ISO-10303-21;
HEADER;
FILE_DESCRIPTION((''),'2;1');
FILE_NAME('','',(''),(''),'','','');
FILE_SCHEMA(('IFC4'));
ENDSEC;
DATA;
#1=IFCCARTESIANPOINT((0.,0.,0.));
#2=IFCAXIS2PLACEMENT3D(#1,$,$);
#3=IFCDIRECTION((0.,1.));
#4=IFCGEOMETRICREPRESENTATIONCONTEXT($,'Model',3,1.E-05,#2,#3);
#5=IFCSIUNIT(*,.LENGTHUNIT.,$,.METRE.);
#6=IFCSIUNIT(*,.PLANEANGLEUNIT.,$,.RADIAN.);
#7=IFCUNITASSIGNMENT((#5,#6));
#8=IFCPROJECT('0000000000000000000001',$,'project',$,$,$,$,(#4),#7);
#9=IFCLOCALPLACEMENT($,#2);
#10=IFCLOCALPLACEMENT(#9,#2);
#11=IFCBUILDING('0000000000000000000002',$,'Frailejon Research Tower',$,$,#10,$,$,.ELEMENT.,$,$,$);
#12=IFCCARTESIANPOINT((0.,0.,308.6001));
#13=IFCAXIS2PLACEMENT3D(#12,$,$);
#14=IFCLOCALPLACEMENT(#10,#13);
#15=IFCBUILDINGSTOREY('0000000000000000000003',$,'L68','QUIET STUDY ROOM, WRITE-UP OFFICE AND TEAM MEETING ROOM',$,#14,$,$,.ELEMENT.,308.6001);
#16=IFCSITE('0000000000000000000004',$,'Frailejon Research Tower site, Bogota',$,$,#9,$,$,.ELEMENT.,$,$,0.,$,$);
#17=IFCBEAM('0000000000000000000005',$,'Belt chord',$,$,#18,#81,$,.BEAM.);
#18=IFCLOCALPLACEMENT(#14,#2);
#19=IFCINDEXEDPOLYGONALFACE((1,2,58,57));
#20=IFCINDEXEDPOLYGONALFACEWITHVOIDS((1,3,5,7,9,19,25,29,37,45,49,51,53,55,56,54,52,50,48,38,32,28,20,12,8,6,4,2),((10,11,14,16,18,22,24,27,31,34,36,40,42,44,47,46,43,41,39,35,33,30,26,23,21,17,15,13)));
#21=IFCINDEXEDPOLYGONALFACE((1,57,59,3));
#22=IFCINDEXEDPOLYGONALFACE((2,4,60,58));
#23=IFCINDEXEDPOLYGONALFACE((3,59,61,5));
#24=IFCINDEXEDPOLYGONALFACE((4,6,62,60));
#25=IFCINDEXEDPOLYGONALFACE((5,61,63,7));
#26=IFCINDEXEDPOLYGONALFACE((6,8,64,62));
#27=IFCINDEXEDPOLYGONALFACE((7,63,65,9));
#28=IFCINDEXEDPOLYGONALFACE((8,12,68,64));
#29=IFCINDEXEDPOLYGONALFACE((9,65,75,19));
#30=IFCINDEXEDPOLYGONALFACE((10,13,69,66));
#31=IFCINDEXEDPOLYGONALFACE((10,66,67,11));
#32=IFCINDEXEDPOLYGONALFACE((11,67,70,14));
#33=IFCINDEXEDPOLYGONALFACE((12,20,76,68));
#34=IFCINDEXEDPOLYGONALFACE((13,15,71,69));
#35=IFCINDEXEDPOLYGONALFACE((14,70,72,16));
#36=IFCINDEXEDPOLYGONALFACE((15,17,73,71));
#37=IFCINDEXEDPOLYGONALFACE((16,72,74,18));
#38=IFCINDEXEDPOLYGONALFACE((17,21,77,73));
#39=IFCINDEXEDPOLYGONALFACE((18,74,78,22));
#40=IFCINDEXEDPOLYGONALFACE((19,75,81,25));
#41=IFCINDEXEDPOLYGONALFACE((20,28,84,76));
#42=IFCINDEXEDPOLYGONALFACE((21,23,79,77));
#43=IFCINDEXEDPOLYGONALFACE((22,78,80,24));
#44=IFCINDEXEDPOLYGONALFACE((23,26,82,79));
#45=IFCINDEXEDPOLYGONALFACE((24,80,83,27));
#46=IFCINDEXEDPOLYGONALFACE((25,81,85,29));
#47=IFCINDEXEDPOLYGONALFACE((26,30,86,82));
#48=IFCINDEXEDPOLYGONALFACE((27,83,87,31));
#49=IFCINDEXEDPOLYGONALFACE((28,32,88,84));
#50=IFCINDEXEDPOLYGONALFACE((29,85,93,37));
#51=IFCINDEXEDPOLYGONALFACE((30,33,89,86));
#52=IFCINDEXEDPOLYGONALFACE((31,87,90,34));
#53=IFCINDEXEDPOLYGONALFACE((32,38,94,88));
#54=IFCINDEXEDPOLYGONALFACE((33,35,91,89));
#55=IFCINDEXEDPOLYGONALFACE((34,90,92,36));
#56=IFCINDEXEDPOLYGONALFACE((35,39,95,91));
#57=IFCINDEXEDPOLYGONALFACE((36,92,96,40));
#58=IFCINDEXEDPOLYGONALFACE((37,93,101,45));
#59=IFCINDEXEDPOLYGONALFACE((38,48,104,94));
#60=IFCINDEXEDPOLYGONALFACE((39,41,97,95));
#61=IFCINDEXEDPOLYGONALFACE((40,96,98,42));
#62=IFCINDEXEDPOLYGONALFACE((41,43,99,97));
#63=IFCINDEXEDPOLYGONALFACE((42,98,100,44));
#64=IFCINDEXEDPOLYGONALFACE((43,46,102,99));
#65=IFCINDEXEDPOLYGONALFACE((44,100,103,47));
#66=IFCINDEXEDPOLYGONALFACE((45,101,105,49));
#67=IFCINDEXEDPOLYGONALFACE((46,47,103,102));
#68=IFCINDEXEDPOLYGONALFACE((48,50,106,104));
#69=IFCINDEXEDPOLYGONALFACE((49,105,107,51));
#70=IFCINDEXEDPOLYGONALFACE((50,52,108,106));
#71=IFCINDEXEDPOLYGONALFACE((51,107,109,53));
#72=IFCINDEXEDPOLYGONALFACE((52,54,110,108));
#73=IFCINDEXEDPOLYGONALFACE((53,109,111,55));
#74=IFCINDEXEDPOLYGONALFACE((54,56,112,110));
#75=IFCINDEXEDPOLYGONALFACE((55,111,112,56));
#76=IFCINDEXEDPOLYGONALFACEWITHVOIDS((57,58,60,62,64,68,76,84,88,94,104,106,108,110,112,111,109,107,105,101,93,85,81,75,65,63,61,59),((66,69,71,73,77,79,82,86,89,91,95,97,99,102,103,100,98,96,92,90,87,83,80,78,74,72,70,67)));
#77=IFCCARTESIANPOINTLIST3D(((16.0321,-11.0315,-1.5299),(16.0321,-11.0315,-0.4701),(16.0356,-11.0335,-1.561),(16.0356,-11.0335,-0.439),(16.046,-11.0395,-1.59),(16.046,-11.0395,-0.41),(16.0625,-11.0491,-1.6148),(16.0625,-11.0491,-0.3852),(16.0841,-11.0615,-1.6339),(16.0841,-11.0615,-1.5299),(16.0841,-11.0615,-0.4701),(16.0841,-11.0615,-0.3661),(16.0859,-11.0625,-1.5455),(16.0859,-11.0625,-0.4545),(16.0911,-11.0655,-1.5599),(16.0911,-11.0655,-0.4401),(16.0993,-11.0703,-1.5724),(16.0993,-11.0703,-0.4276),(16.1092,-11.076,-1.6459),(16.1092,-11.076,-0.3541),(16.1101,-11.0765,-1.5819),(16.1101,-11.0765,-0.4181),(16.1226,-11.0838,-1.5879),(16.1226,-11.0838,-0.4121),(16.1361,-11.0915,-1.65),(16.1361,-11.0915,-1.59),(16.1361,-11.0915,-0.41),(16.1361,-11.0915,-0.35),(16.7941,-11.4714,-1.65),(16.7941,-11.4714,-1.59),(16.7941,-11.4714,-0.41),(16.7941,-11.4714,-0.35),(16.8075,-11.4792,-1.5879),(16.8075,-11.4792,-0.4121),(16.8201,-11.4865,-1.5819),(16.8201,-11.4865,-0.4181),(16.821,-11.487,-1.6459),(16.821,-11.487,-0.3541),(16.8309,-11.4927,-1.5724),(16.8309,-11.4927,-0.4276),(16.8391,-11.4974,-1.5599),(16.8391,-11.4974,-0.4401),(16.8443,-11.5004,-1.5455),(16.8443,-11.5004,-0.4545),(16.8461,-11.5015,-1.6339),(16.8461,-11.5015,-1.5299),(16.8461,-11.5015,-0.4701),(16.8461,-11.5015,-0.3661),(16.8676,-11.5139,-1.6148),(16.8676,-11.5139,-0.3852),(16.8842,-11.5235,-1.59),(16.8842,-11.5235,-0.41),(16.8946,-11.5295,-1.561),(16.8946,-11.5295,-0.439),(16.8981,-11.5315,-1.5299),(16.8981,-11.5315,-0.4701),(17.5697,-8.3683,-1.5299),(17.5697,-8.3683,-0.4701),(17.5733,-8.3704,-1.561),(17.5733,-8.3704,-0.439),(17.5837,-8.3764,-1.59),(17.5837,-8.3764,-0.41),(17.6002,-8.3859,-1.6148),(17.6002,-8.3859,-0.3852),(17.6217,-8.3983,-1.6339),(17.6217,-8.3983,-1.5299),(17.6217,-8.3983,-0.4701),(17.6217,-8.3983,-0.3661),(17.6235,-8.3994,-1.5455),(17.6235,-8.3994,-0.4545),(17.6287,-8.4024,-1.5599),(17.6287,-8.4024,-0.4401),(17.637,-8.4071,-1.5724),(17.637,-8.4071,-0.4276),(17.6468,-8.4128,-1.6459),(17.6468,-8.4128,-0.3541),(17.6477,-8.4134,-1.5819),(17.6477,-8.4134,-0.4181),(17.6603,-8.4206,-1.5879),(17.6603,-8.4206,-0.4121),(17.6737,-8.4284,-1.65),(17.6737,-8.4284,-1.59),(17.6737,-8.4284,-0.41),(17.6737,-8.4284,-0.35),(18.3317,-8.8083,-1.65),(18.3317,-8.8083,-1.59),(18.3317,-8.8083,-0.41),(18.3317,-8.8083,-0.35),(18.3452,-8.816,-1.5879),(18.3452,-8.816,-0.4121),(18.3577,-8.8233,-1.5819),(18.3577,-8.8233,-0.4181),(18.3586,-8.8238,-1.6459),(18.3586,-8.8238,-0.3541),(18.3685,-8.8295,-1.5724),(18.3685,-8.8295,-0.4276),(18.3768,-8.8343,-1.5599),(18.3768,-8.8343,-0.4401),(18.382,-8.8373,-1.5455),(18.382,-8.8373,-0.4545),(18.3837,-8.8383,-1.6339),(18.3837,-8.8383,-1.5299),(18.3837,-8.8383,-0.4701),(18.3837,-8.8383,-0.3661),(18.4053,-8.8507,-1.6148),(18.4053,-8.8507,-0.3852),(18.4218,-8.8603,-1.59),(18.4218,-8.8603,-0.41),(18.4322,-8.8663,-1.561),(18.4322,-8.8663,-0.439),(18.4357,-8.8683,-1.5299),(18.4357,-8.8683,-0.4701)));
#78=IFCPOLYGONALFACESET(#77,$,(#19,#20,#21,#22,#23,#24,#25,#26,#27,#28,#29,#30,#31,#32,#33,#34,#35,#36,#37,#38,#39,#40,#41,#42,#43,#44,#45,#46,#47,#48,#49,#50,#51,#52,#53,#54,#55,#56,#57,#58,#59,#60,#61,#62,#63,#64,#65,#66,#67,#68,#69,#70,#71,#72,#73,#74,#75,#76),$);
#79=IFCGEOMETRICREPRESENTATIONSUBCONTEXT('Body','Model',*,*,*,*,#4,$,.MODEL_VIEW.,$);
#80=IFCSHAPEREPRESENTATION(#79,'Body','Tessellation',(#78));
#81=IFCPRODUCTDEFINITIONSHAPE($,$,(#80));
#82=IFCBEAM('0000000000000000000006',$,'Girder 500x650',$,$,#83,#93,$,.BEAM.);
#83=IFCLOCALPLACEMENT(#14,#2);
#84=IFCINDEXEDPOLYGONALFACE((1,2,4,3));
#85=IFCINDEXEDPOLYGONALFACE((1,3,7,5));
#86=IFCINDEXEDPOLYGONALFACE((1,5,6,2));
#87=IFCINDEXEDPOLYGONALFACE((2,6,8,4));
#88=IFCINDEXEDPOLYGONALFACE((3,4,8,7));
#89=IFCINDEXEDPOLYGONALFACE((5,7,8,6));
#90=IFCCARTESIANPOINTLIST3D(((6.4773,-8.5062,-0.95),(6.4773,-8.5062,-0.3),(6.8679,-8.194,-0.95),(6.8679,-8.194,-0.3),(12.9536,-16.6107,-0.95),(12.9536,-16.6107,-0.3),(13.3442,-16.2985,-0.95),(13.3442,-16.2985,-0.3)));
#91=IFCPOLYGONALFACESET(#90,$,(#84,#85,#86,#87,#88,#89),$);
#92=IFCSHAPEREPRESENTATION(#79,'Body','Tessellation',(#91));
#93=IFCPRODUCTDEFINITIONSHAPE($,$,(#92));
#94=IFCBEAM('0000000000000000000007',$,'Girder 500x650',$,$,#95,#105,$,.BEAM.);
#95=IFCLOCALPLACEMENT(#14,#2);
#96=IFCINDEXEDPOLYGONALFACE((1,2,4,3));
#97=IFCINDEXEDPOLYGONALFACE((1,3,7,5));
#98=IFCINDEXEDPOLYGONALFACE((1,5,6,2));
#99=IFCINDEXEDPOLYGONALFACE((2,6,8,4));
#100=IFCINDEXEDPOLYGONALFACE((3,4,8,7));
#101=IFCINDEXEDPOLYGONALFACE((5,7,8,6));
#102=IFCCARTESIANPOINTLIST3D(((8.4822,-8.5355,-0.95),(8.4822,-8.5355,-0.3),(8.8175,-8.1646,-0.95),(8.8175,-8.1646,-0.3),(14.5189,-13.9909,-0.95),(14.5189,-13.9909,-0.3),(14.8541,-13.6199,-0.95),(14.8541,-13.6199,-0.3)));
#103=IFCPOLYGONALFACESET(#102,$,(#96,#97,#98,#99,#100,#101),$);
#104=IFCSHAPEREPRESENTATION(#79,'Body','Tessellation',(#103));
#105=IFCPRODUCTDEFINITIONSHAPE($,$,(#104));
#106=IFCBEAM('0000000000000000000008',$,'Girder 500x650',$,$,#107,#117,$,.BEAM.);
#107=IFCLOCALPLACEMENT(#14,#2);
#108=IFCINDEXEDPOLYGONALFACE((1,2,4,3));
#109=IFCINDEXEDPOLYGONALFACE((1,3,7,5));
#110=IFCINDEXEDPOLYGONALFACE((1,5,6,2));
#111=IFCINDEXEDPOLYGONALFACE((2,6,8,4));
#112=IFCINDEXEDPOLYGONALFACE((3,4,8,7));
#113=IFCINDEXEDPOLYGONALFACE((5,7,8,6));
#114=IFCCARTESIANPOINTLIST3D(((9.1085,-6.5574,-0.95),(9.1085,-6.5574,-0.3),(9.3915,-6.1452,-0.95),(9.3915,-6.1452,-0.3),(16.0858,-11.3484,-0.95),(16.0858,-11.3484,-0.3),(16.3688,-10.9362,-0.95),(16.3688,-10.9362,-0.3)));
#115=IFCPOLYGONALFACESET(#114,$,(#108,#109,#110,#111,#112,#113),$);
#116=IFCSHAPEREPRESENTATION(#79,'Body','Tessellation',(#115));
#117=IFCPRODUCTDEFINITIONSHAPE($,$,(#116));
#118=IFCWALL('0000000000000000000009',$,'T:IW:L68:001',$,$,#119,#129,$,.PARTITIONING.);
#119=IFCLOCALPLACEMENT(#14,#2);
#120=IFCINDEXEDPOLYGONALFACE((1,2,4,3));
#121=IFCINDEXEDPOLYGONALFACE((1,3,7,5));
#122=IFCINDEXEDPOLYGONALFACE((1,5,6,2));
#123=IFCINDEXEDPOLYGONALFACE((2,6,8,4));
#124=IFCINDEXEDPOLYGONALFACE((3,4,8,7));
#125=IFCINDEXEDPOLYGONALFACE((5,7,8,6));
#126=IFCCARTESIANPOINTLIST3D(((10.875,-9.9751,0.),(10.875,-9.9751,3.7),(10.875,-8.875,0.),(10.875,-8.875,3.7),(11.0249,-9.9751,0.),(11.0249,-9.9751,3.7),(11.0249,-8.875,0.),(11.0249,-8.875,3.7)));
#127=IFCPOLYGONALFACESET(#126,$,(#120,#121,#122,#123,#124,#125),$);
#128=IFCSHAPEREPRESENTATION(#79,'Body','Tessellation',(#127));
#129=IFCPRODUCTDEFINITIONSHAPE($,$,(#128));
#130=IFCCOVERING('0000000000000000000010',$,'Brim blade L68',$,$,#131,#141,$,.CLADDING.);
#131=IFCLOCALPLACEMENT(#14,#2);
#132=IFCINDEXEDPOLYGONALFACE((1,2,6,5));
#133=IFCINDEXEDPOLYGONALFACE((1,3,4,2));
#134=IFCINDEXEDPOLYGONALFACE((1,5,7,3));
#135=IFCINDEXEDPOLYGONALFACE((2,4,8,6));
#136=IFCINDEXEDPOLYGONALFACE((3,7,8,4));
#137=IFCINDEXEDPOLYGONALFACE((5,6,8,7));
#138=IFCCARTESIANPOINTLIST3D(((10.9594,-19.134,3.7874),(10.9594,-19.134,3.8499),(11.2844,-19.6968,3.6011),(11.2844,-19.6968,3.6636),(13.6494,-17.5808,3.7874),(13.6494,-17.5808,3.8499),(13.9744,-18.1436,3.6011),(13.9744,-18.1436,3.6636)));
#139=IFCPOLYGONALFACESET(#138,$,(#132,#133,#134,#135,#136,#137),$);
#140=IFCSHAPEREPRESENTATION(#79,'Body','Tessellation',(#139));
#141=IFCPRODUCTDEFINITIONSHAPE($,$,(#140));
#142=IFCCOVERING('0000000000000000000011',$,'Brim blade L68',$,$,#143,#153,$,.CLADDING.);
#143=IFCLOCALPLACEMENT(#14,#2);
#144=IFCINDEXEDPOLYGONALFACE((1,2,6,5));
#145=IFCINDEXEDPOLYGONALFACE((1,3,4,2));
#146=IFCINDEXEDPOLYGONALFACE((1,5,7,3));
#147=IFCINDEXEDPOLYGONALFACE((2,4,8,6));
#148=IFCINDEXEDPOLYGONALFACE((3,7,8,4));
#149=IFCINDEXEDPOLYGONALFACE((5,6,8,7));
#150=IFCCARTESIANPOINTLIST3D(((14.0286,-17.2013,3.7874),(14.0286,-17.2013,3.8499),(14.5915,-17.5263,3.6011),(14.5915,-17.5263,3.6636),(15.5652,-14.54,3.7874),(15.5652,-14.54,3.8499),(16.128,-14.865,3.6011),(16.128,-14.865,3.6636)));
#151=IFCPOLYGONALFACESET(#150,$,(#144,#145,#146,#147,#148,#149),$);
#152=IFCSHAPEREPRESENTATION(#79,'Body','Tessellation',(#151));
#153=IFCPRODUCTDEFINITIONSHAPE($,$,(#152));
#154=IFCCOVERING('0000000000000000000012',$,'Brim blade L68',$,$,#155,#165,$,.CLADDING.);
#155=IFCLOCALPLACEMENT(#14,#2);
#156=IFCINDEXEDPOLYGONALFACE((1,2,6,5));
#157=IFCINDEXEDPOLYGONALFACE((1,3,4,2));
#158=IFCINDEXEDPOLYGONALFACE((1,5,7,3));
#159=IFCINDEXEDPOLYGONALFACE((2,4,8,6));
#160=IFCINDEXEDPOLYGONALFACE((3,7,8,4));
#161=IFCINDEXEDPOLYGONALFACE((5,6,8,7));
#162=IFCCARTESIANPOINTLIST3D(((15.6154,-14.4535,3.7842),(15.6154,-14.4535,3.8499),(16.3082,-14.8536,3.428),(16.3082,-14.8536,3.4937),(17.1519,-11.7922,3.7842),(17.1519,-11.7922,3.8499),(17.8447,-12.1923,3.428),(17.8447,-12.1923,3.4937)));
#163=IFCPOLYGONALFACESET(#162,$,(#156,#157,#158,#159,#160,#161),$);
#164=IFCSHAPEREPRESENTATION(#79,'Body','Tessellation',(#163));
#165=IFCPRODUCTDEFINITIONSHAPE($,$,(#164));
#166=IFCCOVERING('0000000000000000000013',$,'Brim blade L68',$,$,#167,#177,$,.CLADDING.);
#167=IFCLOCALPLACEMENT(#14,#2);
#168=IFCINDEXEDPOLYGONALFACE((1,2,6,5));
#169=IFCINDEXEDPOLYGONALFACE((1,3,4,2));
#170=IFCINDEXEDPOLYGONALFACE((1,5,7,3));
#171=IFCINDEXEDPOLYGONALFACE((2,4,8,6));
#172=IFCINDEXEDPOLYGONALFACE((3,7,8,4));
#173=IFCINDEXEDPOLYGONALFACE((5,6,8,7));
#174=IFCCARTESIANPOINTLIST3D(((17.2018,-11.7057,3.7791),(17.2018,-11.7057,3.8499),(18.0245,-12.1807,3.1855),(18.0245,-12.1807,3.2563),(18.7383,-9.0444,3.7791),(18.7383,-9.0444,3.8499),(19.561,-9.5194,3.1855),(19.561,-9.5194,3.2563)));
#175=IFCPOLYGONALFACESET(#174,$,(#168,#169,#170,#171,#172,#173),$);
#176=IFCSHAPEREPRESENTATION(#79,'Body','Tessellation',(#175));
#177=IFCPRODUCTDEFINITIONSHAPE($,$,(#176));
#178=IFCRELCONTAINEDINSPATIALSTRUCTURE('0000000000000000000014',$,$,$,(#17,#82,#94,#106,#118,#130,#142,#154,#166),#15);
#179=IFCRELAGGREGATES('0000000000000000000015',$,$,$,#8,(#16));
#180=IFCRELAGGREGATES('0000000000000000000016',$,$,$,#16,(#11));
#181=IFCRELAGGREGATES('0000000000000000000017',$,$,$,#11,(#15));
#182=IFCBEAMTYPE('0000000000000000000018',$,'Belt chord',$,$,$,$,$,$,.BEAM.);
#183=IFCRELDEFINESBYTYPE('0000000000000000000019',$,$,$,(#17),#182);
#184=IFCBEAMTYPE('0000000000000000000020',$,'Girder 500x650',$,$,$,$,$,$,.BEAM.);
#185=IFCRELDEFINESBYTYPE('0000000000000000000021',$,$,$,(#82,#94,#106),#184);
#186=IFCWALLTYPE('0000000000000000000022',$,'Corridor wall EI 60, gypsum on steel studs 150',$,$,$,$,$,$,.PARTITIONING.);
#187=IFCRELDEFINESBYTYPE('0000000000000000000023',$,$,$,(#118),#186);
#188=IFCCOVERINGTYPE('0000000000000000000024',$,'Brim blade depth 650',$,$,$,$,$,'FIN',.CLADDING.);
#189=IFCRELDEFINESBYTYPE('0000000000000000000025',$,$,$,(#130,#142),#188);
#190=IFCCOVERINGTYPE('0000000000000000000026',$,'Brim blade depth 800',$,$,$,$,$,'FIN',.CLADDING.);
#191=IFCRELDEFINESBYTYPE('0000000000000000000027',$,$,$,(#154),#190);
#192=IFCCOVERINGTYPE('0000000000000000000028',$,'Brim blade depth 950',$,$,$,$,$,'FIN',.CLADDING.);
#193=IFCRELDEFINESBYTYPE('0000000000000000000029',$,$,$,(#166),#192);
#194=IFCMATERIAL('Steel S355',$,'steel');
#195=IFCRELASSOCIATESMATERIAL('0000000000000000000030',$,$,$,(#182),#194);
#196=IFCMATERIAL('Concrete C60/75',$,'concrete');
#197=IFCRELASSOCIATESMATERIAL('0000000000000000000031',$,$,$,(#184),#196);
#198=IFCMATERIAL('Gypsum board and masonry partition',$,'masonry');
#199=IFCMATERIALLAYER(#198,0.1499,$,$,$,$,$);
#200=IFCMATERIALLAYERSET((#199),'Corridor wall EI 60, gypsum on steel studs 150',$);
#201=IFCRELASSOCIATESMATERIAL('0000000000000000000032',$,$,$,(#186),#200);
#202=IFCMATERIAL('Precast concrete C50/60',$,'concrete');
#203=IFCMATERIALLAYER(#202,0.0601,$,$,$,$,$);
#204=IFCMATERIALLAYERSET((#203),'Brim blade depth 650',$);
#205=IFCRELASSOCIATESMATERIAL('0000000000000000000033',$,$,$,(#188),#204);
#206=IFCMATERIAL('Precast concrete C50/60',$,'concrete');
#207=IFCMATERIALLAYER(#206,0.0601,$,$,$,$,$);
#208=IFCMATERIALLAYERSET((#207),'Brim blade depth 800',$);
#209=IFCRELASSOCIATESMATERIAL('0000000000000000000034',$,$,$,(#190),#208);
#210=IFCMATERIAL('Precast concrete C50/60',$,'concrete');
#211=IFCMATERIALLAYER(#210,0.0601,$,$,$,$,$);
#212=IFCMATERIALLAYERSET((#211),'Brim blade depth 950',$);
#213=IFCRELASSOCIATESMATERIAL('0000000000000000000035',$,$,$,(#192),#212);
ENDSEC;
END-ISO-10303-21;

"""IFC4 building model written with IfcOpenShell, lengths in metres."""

from ifc_helpers import new_model, si_unit, direction, frame, frame_2d, origin, origin_2d, place, context, subcontext, project, spatial, polyline, rectangle, hollow_rectangle, outline, extrude, material, layer, layer_set, material_profile, profile_set, type_object, element, save


model = new_model("IFC4")

# Units and contexts
model_context = context("Model", 3, precision=1e-05, world=origin(), true_north=direction((0.0, 1.0)))
body_context = subcontext(model_context, "Body", "Model", "MODEL_VIEW")
ifc_project = project(units=[si_unit("LENGTHUNIT", "METRE"), si_unit("PLANEANGLEUNIT", "RADIAN")], contexts=[model_context])

# Site, building, storey
site_placement = place(None, origin())
site = spatial("IfcSite", under=ifc_project, at=site_placement, Name="Frailejon Research Tower site, Bogota", CompositionType="ELEMENT", RefElevation=0.0)
building_placement = place(site_placement, origin())
building = spatial("IfcBuilding", under=site, at=building_placement, Name="Frailejon Research Tower", CompositionType="ELEMENT")
storey_placement = place(building_placement, frame((0.0, 0.0, 308.6001)))
storey = spatial("IfcBuildingStorey", under=building, at=storey_placement, Name="L68", Description="QUIET STUDY ROOM, WRITE-UP OFFICE AND TEAM MEETING ROOM", CompositionType="ELEMENT", Elevation=308.6001)

# Beams
ifc_material_1 = material(Name="Steel S355", Category="steel")
ifc_material_profile_1 = material_profile(ifc_material_1, hollow_rectangle(XDim=1.0, YDim=1.3, WallThickness=0.0601, InnerFilletRadius=0.0601, OuterFilletRadius=0.1201, at=origin_2d()), Name="Belt chord")
ifc_profile_set_1 = profile_set([ifc_material_profile_1], Name="Steel S355")
beam_type_1 = type_object("IfcBeamType", Name="Belt chord", PredefinedType="BEAM", material=ifc_profile_set_1)
beam_1_placement = place(storey_placement, frame((16.4651, -11.2815, -1.0), z_axis=(0.500016, 0.866016, 0.0), x_axis=(-0.866016, 0.500016, 0.0)))
element("IfcBeam", 1, at=beam_1_placement, inside=storey, type_object=beam_type_1, Name="Belt chord", PredefinedType="BEAM", context=body_context, shape_type="SweptSolid", body=[
    extrude(hollow_rectangle(XDim=1.0, YDim=1.3, WallThickness=0.0601, InnerFilletRadius=0.0601, OuterFilletRadius=0.1201, at=origin_2d()), origin(), (0.0, 0.0, 1.0), 3.0752),
])
ifc_material_2 = material(Name="Concrete C60/75", Category="concrete")
ifc_material_profile_2 = material_profile(ifc_material_2, rectangle(XDim=0.5, YDim=0.6499, at=origin_2d()), Name="Girder 500x650")
ifc_profile_set_2 = profile_set([ifc_material_profile_2], Name="Concrete C60/75")
beam_type_2 = type_object("IfcBeamType", Name="Girder 500x650", PredefinedType="BEAM", material=ifc_profile_set_2)
beam_2_placement = place(storey_placement, frame((13.1489, -16.4546, -0.625), z_axis=(-0.624267, 0.781211, 0.0), x_axis=(-0.781211, -0.624267, 0.0)))
element("IfcBeam", 2, at=beam_2_placement, inside=storey, type_object=beam_type_2, Name="Girder 500x650", PredefinedType="BEAM", context=body_context, shape_type="SweptSolid", body=[
    extrude(rectangle(XDim=0.5, YDim=0.6499, at=origin_2d()), origin(), (0.0, 0.0, 1.0), 10.3743),
])
beam_3_placement = place(storey_placement, frame((14.6865, -13.8054, -0.625), z_axis=(-0.741926, 0.670482, 0.0), x_axis=(-0.670482, -0.741926, 0.0)))
element("IfcBeam", 3, at=beam_3_placement, inside=storey, type_object=beam_type_2, Name="Girder 500x650", PredefinedType="BEAM", context=body_context, shape_type="SweptSolid", body=[
    extrude(rectangle(XDim=0.5, YDim=0.6499, at=origin_2d()), origin(), (0.0, 0.0, 1.0), 8.1365),
])
beam_4_placement = place(storey_placement, frame((16.2273, -11.1423, -0.625), z_axis=(-0.824366, 0.566057, 0.0), x_axis=(-0.566057, -0.824366, 0.0)))
element("IfcBeam", 4, at=beam_4_placement, inside=storey, type_object=beam_type_2, Name="Girder 500x650", PredefinedType="BEAM", context=body_context, shape_type="SweptSolid", body=[
    extrude(rectangle(XDim=0.5, YDim=0.6499, at=origin_2d()), origin(), (0.0, 0.0, 1.0), 8.4639),
])

# Wall
ifc_material_3 = material(Name="Gypsum board and masonry partition", Category="masonry")
ifc_layer_1 = layer(ifc_material_3, 0.1499)
ifc_layer_set_1 = layer_set([ifc_layer_1], Name="Corridor wall EI 60, gypsum on steel studs 150")
wall_type_1 = type_object("IfcWallType", Name="Corridor wall EI 60, gypsum on steel studs 150", PredefinedType="PARTITIONING", material=ifc_layer_set_1)
wall_1_placement = place(storey_placement, frame((10.95, -9.9751, 0.0), z_axis=(0.0, 0.0, 1.0), x_axis=(0.0, 1.0, 0.0)))
element("IfcWall", 5, at=wall_1_placement, inside=storey, type_object=wall_type_1, Name="T:IW:L68:001", PredefinedType="PARTITIONING", context=body_context, shape_type="SweptSolid", body=[
    extrude(rectangle(XDim=1.1001, YDim=0.1499, at=frame_2d((0.55, 0.0))), origin(), (0.0, 0.0, 1.0), 3.7),
])

# Coverings
ifc_material_4 = material(Name="Precast concrete C50/60", Category="concrete")
ifc_layer_2 = layer(ifc_material_4, 0.0601)
ifc_layer_set_2 = layer_set([ifc_layer_2], Name="Brim blade depth 650")
covering_type_1 = type_object("IfcCoveringType", Name="Brim blade depth 650", ElementType="FIN", PredefinedType="CLADDING", material=ifc_layer_set_2)
covering_1_placement = place(storey_placement, frame((13.6494, -17.5808, 3.8499), z_axis=(-0.866014, -0.50002, 0.0), x_axis=(0.50002, -0.866014, 0.0)))
element("IfcCovering", 6, at=covering_1_placement, inside=storey, type_object=covering_type_1, Name="Brim blade L68", PredefinedType="CLADDING", context=body_context, shape_type="SweptSolid", body=[
    extrude(outline(polyline([(0.0, -0.0625), (0.6499, -0.2488), (0.6499, -0.1863), (0.0, 0.0), (0.0, -0.0625)])), origin(), (0.0, 0.0, 1.0), 3.1062),
])
covering_2_placement = place(storey_placement, frame((15.5652, -14.54, 3.8499), z_axis=(-0.500013, -0.866018, 0.0), x_axis=(0.866018, -0.500013, 0.0)))
element("IfcCovering", 7, at=covering_2_placement, inside=storey, type_object=covering_type_1, Name="Brim blade L68", PredefinedType="CLADDING", context=body_context, shape_type="SweptSolid", body=[
    extrude(outline(polyline([(0.0, -0.0625), (0.6499, -0.2488), (0.6499, -0.1863), (0.0, 0.0), (0.0, -0.0625)])), origin(), (0.0, 0.0, 1.0), 3.073),
])
ifc_material_5 = material(Name="Precast concrete C50/60", Category="concrete")
ifc_layer_3 = layer(ifc_material_5, 0.0601)
ifc_layer_set_3 = layer_set([ifc_layer_3], Name="Brim blade depth 800")
covering_type_2 = type_object("IfcCoveringType", Name="Brim blade depth 800", ElementType="FIN", PredefinedType="CLADDING", material=ifc_layer_set_3)
covering_3_placement = place(storey_placement, frame((17.1519, -11.7922, 3.8499), z_axis=(-0.5, -0.866026, 0.0), x_axis=(0.866026, -0.5, 0.0)))
element("IfcCovering", 8, at=covering_3_placement, inside=storey, type_object=covering_type_2, Name="Brim blade L68", PredefinedType="CLADDING", context=body_context, shape_type="SweptSolid", body=[
    extrude(outline(polyline([(0.0, -0.0657), (0.8, -0.4219), (0.8, -0.3562), (0.0, 0.0), (0.0, -0.0657)])), origin(), (0.0, 0.0, 1.0), 3.073),
])
ifc_material_6 = material(Name="Precast concrete C50/60", Category="concrete")
ifc_layer_4 = layer(ifc_material_6, 0.0601)
ifc_layer_set_4 = layer_set([ifc_layer_4], Name="Brim blade depth 950")
covering_type_3 = type_object("IfcCoveringType", Name="Brim blade depth 950", ElementType="FIN", PredefinedType="CLADDING", material=ifc_layer_set_4)
covering_4_placement = place(storey_placement, frame((18.7383, -9.0444, 3.8499), z_axis=(-0.49999, -0.866031, 0.0), x_axis=(0.866031, -0.49999, 0.0)))
element("IfcCovering", 9, at=covering_4_placement, inside=storey, type_object=covering_type_3, Name="Brim blade L68", PredefinedType="CLADDING", context=body_context, shape_type="SweptSolid", body=[
    extrude(outline(polyline([(0.0, -0.0708), (0.95, -0.6643), (0.95, -0.5935), (0.0, 0.0), (0.0, -0.0708)])), origin(), (0.0, 0.0, 1.0), 3.073),
])

save(model, "model.ifc")
